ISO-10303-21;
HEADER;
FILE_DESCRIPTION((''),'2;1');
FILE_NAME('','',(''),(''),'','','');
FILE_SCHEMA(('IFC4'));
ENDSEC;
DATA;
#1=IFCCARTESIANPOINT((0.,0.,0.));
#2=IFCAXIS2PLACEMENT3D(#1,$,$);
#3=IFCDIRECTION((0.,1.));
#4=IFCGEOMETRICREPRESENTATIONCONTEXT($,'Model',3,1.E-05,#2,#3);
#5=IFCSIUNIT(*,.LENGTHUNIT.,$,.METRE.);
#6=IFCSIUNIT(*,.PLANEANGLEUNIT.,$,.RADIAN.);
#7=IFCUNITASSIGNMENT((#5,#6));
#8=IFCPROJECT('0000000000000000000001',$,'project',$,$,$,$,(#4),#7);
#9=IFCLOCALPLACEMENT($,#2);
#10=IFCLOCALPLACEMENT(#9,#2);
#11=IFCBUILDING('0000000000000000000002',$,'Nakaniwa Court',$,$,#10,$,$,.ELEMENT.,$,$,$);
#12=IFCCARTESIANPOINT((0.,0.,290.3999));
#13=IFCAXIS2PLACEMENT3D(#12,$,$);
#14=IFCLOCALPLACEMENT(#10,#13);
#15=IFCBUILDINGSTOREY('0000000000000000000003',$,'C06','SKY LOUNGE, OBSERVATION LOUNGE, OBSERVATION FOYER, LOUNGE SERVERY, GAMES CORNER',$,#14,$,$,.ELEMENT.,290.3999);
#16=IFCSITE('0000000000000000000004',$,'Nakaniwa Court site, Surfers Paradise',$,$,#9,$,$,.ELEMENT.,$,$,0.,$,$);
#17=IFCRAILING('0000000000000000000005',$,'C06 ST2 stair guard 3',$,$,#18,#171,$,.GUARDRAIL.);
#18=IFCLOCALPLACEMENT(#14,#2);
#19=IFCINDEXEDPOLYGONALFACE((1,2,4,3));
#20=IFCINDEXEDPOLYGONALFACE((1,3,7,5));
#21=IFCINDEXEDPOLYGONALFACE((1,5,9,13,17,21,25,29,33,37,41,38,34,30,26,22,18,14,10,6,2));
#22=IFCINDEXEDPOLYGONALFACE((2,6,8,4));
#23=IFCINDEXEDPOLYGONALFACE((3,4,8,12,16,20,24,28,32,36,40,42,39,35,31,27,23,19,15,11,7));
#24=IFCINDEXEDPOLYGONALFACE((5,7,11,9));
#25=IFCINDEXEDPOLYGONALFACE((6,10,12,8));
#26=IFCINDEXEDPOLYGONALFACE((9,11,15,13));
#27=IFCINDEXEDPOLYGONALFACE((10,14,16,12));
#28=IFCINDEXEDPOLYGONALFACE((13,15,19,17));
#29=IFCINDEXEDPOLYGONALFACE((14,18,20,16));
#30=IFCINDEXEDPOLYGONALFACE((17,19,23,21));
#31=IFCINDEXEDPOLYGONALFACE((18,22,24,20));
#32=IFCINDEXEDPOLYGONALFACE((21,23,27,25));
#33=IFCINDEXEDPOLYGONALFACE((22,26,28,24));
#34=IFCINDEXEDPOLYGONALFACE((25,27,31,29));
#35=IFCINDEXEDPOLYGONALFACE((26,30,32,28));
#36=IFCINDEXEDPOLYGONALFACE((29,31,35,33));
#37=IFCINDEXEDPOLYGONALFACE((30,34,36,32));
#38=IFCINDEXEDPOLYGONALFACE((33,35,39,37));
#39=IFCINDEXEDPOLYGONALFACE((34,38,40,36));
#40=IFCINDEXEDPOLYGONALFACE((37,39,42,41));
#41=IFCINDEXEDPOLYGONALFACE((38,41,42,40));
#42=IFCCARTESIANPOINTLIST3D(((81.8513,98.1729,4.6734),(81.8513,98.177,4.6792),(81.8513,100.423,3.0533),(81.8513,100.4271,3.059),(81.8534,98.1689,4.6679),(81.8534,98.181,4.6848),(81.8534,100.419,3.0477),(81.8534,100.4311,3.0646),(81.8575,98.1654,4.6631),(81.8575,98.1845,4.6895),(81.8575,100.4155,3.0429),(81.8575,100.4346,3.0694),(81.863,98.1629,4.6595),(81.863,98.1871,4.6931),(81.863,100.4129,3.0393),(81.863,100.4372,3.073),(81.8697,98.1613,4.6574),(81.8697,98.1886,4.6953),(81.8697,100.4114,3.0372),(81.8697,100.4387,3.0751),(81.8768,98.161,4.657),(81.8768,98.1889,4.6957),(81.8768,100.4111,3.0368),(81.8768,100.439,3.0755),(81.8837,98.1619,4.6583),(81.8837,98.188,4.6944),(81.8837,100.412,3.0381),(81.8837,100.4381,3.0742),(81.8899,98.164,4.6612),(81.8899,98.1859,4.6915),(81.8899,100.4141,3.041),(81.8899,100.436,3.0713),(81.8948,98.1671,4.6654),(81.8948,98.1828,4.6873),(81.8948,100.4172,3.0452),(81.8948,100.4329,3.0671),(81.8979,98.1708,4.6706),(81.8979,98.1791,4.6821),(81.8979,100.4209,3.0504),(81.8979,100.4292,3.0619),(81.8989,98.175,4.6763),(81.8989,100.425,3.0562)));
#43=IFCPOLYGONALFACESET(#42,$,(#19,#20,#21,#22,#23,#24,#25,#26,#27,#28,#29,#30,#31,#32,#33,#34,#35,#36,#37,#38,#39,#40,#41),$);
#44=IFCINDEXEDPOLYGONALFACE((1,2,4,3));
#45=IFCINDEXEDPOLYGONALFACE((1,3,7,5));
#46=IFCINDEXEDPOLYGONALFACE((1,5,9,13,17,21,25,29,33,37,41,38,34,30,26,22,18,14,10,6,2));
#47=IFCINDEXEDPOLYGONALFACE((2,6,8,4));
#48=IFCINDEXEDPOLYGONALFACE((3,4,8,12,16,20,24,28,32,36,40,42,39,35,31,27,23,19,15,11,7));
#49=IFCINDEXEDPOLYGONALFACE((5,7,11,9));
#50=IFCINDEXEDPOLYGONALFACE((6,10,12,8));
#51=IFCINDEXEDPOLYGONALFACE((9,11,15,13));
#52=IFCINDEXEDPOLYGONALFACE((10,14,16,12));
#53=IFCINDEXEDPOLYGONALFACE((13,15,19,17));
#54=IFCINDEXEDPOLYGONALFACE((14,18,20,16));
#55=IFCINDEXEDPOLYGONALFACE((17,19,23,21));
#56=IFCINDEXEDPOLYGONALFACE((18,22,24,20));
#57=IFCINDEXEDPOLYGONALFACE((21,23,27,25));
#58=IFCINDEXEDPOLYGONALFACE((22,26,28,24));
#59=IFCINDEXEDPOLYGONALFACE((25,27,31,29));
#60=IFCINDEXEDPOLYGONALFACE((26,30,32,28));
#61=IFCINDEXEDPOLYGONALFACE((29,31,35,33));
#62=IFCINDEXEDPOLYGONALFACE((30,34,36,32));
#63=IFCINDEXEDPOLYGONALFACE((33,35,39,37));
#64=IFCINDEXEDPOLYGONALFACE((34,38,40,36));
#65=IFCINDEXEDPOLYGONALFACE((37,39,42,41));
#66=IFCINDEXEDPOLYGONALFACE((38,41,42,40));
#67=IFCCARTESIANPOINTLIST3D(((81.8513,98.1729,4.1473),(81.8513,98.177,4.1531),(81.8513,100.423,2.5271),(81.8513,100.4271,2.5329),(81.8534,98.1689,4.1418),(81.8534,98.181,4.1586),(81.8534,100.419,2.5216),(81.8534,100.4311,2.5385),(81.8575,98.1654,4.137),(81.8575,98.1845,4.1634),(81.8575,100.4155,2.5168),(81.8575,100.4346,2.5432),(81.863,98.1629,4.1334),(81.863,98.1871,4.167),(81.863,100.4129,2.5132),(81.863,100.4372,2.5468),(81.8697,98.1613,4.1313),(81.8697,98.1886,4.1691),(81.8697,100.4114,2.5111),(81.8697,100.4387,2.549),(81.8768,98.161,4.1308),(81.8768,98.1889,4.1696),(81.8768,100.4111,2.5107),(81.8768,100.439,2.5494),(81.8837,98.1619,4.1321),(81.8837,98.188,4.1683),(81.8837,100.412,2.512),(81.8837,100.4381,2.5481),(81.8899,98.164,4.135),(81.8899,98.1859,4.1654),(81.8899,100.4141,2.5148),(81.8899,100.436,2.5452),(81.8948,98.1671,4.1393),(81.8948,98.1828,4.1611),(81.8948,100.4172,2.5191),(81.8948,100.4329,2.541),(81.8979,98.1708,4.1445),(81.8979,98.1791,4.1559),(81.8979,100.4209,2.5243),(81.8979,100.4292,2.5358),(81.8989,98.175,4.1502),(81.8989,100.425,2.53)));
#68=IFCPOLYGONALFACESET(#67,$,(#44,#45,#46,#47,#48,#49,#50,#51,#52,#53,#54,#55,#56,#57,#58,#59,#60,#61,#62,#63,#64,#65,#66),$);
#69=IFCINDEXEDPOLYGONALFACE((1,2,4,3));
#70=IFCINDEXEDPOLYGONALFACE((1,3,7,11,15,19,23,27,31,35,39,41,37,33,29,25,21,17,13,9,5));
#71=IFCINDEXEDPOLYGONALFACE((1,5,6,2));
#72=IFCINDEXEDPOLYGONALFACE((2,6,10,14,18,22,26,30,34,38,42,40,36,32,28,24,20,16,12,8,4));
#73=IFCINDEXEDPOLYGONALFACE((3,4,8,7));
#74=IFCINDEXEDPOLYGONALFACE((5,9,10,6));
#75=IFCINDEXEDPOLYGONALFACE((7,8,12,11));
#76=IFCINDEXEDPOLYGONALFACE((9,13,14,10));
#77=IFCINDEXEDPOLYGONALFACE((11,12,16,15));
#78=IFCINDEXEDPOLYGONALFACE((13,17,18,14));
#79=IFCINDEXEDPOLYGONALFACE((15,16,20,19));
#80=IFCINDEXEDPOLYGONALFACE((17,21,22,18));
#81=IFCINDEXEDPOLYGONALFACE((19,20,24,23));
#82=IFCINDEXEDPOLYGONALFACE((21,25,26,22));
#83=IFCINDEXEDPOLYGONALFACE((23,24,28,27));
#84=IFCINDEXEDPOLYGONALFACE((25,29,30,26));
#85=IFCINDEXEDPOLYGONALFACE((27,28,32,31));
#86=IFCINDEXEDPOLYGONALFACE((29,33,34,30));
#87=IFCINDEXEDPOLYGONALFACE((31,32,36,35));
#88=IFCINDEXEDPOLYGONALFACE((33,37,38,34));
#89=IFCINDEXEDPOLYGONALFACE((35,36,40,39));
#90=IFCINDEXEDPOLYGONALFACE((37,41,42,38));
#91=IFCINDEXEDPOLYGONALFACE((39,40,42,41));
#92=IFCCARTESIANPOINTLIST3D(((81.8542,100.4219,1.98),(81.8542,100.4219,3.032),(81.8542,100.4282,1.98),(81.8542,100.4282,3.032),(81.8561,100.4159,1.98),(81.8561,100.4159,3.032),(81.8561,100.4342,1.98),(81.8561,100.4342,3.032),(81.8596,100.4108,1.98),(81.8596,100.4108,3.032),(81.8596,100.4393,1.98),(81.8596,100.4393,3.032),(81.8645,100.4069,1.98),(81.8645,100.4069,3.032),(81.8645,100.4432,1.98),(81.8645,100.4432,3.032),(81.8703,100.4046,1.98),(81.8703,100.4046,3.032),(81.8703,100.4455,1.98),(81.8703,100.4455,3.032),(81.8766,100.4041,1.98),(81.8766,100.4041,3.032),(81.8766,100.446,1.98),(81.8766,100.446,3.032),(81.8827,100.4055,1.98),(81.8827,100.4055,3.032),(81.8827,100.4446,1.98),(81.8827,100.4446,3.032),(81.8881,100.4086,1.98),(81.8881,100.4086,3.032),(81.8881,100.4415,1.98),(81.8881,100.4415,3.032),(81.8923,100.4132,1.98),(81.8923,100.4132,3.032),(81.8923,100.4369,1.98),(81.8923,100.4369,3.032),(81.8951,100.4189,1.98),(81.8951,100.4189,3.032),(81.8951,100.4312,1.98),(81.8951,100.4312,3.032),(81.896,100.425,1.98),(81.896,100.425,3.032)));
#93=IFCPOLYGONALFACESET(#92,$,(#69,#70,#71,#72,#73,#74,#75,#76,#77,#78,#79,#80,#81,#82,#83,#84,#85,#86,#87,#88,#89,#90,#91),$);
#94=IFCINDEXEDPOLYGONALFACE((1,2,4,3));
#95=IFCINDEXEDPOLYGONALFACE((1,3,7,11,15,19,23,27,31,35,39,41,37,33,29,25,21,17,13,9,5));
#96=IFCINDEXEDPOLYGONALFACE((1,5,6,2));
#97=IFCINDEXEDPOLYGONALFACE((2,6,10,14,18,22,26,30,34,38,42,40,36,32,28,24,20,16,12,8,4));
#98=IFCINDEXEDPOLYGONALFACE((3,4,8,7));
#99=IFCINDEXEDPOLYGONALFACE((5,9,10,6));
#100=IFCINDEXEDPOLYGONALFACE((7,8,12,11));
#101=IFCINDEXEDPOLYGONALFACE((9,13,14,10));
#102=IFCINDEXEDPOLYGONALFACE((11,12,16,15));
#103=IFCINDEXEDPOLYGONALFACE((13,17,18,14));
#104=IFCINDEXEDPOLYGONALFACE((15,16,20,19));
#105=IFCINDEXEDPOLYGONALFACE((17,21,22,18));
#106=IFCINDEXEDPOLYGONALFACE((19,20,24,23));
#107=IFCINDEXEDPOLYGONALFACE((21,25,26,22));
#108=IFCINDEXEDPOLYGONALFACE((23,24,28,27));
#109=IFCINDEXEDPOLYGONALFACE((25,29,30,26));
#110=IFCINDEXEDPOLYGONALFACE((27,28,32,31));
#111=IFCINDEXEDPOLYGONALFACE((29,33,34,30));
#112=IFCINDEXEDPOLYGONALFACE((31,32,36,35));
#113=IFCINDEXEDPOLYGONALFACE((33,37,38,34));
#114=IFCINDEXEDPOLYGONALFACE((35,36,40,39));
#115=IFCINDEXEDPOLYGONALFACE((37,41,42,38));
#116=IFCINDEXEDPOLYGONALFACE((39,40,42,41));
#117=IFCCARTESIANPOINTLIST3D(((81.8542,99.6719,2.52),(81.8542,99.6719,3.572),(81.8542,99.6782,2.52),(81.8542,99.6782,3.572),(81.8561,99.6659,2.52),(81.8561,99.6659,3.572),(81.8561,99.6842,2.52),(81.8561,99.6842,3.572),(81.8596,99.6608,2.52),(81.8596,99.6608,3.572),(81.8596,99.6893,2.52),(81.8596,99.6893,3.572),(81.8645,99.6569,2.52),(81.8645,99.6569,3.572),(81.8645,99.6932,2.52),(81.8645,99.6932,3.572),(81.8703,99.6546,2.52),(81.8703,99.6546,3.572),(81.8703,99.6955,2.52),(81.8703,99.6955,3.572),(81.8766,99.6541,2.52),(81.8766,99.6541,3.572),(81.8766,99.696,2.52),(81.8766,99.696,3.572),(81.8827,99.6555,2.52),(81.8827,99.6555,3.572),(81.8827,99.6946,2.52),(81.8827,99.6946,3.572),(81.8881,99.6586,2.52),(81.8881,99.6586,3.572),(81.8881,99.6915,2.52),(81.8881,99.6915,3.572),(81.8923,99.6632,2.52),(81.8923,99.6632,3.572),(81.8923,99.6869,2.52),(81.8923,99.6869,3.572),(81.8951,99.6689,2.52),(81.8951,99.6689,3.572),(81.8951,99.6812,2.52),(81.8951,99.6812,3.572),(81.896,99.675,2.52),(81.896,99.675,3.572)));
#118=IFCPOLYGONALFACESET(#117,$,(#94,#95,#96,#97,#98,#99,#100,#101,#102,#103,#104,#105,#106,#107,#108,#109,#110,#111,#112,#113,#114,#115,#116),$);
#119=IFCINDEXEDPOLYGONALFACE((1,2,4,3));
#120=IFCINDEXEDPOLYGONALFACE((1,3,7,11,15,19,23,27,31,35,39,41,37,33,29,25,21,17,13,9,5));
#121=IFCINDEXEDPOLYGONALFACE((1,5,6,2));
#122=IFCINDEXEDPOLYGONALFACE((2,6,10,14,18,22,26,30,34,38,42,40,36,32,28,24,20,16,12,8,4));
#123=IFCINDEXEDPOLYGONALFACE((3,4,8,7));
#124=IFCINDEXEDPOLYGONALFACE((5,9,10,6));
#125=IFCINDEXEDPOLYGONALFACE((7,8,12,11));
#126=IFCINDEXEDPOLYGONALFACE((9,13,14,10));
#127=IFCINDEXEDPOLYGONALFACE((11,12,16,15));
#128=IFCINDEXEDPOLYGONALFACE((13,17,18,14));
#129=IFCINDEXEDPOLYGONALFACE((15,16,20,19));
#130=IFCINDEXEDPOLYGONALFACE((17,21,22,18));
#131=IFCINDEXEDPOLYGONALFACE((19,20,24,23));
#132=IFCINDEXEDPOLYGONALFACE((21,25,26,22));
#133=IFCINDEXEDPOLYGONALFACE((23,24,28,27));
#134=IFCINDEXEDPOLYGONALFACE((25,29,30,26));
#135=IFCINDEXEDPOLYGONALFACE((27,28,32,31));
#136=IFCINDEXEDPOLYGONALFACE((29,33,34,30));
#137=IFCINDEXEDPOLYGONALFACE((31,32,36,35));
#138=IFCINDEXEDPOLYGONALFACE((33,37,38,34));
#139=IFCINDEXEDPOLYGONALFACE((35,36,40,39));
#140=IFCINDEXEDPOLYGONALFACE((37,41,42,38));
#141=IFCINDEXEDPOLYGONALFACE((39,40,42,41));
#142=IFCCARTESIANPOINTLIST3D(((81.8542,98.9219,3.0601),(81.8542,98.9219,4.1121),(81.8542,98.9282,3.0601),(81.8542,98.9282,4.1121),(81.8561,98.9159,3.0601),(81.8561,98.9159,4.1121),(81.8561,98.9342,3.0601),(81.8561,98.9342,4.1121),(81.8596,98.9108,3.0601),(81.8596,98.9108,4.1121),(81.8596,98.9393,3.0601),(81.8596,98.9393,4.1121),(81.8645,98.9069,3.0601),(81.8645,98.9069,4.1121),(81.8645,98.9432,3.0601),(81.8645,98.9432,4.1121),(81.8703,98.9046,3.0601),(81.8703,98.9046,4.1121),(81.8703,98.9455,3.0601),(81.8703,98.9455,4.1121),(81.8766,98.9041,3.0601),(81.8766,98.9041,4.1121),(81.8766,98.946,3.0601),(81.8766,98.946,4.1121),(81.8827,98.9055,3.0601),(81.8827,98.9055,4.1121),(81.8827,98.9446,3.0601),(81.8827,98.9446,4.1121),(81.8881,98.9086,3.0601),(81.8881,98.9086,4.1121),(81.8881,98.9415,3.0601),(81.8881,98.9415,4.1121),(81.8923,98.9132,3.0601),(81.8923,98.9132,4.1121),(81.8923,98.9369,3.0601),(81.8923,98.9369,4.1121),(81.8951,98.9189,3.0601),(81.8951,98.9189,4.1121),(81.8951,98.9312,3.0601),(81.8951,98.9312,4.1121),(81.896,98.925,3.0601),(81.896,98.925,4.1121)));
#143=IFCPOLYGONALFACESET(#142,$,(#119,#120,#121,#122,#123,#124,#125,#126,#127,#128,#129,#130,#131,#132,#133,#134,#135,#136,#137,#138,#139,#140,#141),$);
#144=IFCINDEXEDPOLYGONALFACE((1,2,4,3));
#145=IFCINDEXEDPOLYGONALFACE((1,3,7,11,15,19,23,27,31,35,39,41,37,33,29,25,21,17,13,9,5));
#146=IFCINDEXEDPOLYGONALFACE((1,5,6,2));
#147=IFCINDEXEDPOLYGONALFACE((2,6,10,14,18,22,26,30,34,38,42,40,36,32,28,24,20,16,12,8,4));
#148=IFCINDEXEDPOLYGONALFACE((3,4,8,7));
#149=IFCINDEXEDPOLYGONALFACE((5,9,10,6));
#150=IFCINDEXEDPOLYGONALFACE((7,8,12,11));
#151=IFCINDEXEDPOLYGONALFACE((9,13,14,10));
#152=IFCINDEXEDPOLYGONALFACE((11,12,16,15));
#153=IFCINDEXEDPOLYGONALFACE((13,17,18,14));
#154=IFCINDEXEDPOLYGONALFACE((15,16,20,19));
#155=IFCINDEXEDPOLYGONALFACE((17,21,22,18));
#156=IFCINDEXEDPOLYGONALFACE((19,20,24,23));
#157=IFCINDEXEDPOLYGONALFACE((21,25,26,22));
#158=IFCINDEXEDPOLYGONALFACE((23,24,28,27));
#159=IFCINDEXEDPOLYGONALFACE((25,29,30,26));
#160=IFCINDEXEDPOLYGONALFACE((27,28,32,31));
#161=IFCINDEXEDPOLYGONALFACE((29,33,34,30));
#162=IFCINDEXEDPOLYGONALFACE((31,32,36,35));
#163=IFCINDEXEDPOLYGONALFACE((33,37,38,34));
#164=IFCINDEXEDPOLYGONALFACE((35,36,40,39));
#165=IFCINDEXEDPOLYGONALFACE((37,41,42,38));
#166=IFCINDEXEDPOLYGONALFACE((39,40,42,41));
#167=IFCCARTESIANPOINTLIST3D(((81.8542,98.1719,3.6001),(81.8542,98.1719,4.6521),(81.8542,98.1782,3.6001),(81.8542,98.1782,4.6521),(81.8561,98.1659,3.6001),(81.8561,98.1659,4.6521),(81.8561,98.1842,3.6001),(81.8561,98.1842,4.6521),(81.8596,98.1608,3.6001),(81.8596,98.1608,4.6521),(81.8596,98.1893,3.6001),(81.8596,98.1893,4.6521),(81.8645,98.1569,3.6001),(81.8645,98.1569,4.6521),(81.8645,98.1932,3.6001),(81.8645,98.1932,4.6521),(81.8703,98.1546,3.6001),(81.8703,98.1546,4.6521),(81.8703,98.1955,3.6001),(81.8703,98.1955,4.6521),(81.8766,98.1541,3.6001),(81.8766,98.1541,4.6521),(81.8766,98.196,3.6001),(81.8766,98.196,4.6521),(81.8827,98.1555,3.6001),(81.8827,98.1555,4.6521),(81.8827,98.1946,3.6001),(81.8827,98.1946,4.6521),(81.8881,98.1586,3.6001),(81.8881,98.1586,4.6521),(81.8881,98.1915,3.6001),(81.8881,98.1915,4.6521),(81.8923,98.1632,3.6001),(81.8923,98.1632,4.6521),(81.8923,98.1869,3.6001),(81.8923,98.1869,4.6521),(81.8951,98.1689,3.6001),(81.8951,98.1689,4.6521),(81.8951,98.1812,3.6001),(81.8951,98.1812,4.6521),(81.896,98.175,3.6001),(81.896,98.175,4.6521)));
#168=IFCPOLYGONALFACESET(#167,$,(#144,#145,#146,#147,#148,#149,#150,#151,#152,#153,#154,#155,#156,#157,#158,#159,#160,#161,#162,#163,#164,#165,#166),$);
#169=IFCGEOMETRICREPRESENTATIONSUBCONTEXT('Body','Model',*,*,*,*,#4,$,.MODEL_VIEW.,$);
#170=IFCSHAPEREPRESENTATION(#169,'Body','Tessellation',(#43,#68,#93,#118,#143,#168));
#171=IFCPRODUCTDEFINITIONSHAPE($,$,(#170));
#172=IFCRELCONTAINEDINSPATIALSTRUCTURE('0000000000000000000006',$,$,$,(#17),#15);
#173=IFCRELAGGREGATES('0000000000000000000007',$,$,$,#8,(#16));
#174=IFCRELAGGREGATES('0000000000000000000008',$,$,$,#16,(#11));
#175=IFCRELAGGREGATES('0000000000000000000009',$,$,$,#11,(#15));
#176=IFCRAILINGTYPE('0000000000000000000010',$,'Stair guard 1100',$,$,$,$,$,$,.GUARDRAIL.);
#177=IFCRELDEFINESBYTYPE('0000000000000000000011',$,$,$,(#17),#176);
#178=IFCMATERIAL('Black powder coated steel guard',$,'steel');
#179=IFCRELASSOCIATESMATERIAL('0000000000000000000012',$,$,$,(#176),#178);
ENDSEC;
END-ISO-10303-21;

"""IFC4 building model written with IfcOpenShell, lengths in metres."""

from ifc_helpers import new_model, si_unit, direction, frame, origin, origin_2d, place, context, subcontext, project, spatial, circle, extrude, material, type_object, element, save


model = new_model("IFC4")

# Units and contexts
model_context = context("Model", 3, precision=1e-05, world=origin(), true_north=direction((0.0, 1.0)))
body_context = subcontext(model_context, "Body", "Model", "MODEL_VIEW")
ifc_project = project(units=[si_unit("LENGTHUNIT", "METRE"), si_unit("PLANEANGLEUNIT", "RADIAN")], contexts=[model_context])

# Site, building, storey
site_placement = place(None, origin())
site = spatial("IfcSite", under=ifc_project, at=site_placement, Name="Nakaniwa Court site, Surfers Paradise", CompositionType="ELEMENT", RefElevation=0.0)
building_placement = place(site_placement, origin())
building = spatial("IfcBuilding", under=site, at=building_placement, Name="Nakaniwa Court", CompositionType="ELEMENT")
storey_placement = place(building_placement, frame((0.0, 0.0, 290.3999)))
storey = spatial("IfcBuildingStorey", under=building, at=storey_placement, Name="C06", Description="SKY LOUNGE, OBSERVATION LOUNGE, OBSERVATION FOYER, LOUNGE SERVERY, GAMES CORNER", CompositionType="ELEMENT", Elevation=290.3999)

# Railing
ifc_material_1 = material(Name="Black powder coated steel guard", Category="steel")
railing_type_1 = type_object("IfcRailingType", Name="Stair guard 1100", PredefinedType="GUARDRAIL", material=ifc_material_1)
railing_1_placement = place(storey_placement, frame((81.875, 100.425, 1.98)))
element("IfcRailing", 1, at=railing_1_placement, inside=storey, type_object=railing_type_1, Name="C06 ST2 stair guard 3", PredefinedType="GUARDRAIL", context=body_context, shape_type="SweptSolid", body=[
    extrude(circle(Radius=0.0239, at=origin_2d()), frame((0.0, 0.0, 1.0762), z_axis=(0.0, -0.811514, 0.584333), x_axis=(1.0, 0.0, 0.0)), (0.0, 0.0, 1.0), 2.7727),
    extrude(circle(Radius=0.0239, at=origin_2d()), frame((0.0, 0.0, 0.55), z_axis=(0.0, -0.811514, 0.584333), x_axis=(1.0, 0.0, 0.0)), (0.0, 0.0, 1.0), 2.7727),
    extrude(circle(Radius=0.021, at=origin_2d()), origin(), (0.0, 0.0, 1.0), 1.052),
    extrude(circle(Radius=0.021, at=origin_2d()), frame((0.0, -0.75, 0.54)), (0.0, 0.0, 1.0), 1.052),
    extrude(circle(Radius=0.021, at=origin_2d()), frame((0.0, -1.5, 1.0801)), (0.0, 0.0, 1.0), 1.052),
    extrude(circle(Radius=0.021, at=origin_2d()), frame((0.0, -2.25, 1.6201)), (0.0, 0.0, 1.0), 1.052),
])

save(model, "model.ifc")
